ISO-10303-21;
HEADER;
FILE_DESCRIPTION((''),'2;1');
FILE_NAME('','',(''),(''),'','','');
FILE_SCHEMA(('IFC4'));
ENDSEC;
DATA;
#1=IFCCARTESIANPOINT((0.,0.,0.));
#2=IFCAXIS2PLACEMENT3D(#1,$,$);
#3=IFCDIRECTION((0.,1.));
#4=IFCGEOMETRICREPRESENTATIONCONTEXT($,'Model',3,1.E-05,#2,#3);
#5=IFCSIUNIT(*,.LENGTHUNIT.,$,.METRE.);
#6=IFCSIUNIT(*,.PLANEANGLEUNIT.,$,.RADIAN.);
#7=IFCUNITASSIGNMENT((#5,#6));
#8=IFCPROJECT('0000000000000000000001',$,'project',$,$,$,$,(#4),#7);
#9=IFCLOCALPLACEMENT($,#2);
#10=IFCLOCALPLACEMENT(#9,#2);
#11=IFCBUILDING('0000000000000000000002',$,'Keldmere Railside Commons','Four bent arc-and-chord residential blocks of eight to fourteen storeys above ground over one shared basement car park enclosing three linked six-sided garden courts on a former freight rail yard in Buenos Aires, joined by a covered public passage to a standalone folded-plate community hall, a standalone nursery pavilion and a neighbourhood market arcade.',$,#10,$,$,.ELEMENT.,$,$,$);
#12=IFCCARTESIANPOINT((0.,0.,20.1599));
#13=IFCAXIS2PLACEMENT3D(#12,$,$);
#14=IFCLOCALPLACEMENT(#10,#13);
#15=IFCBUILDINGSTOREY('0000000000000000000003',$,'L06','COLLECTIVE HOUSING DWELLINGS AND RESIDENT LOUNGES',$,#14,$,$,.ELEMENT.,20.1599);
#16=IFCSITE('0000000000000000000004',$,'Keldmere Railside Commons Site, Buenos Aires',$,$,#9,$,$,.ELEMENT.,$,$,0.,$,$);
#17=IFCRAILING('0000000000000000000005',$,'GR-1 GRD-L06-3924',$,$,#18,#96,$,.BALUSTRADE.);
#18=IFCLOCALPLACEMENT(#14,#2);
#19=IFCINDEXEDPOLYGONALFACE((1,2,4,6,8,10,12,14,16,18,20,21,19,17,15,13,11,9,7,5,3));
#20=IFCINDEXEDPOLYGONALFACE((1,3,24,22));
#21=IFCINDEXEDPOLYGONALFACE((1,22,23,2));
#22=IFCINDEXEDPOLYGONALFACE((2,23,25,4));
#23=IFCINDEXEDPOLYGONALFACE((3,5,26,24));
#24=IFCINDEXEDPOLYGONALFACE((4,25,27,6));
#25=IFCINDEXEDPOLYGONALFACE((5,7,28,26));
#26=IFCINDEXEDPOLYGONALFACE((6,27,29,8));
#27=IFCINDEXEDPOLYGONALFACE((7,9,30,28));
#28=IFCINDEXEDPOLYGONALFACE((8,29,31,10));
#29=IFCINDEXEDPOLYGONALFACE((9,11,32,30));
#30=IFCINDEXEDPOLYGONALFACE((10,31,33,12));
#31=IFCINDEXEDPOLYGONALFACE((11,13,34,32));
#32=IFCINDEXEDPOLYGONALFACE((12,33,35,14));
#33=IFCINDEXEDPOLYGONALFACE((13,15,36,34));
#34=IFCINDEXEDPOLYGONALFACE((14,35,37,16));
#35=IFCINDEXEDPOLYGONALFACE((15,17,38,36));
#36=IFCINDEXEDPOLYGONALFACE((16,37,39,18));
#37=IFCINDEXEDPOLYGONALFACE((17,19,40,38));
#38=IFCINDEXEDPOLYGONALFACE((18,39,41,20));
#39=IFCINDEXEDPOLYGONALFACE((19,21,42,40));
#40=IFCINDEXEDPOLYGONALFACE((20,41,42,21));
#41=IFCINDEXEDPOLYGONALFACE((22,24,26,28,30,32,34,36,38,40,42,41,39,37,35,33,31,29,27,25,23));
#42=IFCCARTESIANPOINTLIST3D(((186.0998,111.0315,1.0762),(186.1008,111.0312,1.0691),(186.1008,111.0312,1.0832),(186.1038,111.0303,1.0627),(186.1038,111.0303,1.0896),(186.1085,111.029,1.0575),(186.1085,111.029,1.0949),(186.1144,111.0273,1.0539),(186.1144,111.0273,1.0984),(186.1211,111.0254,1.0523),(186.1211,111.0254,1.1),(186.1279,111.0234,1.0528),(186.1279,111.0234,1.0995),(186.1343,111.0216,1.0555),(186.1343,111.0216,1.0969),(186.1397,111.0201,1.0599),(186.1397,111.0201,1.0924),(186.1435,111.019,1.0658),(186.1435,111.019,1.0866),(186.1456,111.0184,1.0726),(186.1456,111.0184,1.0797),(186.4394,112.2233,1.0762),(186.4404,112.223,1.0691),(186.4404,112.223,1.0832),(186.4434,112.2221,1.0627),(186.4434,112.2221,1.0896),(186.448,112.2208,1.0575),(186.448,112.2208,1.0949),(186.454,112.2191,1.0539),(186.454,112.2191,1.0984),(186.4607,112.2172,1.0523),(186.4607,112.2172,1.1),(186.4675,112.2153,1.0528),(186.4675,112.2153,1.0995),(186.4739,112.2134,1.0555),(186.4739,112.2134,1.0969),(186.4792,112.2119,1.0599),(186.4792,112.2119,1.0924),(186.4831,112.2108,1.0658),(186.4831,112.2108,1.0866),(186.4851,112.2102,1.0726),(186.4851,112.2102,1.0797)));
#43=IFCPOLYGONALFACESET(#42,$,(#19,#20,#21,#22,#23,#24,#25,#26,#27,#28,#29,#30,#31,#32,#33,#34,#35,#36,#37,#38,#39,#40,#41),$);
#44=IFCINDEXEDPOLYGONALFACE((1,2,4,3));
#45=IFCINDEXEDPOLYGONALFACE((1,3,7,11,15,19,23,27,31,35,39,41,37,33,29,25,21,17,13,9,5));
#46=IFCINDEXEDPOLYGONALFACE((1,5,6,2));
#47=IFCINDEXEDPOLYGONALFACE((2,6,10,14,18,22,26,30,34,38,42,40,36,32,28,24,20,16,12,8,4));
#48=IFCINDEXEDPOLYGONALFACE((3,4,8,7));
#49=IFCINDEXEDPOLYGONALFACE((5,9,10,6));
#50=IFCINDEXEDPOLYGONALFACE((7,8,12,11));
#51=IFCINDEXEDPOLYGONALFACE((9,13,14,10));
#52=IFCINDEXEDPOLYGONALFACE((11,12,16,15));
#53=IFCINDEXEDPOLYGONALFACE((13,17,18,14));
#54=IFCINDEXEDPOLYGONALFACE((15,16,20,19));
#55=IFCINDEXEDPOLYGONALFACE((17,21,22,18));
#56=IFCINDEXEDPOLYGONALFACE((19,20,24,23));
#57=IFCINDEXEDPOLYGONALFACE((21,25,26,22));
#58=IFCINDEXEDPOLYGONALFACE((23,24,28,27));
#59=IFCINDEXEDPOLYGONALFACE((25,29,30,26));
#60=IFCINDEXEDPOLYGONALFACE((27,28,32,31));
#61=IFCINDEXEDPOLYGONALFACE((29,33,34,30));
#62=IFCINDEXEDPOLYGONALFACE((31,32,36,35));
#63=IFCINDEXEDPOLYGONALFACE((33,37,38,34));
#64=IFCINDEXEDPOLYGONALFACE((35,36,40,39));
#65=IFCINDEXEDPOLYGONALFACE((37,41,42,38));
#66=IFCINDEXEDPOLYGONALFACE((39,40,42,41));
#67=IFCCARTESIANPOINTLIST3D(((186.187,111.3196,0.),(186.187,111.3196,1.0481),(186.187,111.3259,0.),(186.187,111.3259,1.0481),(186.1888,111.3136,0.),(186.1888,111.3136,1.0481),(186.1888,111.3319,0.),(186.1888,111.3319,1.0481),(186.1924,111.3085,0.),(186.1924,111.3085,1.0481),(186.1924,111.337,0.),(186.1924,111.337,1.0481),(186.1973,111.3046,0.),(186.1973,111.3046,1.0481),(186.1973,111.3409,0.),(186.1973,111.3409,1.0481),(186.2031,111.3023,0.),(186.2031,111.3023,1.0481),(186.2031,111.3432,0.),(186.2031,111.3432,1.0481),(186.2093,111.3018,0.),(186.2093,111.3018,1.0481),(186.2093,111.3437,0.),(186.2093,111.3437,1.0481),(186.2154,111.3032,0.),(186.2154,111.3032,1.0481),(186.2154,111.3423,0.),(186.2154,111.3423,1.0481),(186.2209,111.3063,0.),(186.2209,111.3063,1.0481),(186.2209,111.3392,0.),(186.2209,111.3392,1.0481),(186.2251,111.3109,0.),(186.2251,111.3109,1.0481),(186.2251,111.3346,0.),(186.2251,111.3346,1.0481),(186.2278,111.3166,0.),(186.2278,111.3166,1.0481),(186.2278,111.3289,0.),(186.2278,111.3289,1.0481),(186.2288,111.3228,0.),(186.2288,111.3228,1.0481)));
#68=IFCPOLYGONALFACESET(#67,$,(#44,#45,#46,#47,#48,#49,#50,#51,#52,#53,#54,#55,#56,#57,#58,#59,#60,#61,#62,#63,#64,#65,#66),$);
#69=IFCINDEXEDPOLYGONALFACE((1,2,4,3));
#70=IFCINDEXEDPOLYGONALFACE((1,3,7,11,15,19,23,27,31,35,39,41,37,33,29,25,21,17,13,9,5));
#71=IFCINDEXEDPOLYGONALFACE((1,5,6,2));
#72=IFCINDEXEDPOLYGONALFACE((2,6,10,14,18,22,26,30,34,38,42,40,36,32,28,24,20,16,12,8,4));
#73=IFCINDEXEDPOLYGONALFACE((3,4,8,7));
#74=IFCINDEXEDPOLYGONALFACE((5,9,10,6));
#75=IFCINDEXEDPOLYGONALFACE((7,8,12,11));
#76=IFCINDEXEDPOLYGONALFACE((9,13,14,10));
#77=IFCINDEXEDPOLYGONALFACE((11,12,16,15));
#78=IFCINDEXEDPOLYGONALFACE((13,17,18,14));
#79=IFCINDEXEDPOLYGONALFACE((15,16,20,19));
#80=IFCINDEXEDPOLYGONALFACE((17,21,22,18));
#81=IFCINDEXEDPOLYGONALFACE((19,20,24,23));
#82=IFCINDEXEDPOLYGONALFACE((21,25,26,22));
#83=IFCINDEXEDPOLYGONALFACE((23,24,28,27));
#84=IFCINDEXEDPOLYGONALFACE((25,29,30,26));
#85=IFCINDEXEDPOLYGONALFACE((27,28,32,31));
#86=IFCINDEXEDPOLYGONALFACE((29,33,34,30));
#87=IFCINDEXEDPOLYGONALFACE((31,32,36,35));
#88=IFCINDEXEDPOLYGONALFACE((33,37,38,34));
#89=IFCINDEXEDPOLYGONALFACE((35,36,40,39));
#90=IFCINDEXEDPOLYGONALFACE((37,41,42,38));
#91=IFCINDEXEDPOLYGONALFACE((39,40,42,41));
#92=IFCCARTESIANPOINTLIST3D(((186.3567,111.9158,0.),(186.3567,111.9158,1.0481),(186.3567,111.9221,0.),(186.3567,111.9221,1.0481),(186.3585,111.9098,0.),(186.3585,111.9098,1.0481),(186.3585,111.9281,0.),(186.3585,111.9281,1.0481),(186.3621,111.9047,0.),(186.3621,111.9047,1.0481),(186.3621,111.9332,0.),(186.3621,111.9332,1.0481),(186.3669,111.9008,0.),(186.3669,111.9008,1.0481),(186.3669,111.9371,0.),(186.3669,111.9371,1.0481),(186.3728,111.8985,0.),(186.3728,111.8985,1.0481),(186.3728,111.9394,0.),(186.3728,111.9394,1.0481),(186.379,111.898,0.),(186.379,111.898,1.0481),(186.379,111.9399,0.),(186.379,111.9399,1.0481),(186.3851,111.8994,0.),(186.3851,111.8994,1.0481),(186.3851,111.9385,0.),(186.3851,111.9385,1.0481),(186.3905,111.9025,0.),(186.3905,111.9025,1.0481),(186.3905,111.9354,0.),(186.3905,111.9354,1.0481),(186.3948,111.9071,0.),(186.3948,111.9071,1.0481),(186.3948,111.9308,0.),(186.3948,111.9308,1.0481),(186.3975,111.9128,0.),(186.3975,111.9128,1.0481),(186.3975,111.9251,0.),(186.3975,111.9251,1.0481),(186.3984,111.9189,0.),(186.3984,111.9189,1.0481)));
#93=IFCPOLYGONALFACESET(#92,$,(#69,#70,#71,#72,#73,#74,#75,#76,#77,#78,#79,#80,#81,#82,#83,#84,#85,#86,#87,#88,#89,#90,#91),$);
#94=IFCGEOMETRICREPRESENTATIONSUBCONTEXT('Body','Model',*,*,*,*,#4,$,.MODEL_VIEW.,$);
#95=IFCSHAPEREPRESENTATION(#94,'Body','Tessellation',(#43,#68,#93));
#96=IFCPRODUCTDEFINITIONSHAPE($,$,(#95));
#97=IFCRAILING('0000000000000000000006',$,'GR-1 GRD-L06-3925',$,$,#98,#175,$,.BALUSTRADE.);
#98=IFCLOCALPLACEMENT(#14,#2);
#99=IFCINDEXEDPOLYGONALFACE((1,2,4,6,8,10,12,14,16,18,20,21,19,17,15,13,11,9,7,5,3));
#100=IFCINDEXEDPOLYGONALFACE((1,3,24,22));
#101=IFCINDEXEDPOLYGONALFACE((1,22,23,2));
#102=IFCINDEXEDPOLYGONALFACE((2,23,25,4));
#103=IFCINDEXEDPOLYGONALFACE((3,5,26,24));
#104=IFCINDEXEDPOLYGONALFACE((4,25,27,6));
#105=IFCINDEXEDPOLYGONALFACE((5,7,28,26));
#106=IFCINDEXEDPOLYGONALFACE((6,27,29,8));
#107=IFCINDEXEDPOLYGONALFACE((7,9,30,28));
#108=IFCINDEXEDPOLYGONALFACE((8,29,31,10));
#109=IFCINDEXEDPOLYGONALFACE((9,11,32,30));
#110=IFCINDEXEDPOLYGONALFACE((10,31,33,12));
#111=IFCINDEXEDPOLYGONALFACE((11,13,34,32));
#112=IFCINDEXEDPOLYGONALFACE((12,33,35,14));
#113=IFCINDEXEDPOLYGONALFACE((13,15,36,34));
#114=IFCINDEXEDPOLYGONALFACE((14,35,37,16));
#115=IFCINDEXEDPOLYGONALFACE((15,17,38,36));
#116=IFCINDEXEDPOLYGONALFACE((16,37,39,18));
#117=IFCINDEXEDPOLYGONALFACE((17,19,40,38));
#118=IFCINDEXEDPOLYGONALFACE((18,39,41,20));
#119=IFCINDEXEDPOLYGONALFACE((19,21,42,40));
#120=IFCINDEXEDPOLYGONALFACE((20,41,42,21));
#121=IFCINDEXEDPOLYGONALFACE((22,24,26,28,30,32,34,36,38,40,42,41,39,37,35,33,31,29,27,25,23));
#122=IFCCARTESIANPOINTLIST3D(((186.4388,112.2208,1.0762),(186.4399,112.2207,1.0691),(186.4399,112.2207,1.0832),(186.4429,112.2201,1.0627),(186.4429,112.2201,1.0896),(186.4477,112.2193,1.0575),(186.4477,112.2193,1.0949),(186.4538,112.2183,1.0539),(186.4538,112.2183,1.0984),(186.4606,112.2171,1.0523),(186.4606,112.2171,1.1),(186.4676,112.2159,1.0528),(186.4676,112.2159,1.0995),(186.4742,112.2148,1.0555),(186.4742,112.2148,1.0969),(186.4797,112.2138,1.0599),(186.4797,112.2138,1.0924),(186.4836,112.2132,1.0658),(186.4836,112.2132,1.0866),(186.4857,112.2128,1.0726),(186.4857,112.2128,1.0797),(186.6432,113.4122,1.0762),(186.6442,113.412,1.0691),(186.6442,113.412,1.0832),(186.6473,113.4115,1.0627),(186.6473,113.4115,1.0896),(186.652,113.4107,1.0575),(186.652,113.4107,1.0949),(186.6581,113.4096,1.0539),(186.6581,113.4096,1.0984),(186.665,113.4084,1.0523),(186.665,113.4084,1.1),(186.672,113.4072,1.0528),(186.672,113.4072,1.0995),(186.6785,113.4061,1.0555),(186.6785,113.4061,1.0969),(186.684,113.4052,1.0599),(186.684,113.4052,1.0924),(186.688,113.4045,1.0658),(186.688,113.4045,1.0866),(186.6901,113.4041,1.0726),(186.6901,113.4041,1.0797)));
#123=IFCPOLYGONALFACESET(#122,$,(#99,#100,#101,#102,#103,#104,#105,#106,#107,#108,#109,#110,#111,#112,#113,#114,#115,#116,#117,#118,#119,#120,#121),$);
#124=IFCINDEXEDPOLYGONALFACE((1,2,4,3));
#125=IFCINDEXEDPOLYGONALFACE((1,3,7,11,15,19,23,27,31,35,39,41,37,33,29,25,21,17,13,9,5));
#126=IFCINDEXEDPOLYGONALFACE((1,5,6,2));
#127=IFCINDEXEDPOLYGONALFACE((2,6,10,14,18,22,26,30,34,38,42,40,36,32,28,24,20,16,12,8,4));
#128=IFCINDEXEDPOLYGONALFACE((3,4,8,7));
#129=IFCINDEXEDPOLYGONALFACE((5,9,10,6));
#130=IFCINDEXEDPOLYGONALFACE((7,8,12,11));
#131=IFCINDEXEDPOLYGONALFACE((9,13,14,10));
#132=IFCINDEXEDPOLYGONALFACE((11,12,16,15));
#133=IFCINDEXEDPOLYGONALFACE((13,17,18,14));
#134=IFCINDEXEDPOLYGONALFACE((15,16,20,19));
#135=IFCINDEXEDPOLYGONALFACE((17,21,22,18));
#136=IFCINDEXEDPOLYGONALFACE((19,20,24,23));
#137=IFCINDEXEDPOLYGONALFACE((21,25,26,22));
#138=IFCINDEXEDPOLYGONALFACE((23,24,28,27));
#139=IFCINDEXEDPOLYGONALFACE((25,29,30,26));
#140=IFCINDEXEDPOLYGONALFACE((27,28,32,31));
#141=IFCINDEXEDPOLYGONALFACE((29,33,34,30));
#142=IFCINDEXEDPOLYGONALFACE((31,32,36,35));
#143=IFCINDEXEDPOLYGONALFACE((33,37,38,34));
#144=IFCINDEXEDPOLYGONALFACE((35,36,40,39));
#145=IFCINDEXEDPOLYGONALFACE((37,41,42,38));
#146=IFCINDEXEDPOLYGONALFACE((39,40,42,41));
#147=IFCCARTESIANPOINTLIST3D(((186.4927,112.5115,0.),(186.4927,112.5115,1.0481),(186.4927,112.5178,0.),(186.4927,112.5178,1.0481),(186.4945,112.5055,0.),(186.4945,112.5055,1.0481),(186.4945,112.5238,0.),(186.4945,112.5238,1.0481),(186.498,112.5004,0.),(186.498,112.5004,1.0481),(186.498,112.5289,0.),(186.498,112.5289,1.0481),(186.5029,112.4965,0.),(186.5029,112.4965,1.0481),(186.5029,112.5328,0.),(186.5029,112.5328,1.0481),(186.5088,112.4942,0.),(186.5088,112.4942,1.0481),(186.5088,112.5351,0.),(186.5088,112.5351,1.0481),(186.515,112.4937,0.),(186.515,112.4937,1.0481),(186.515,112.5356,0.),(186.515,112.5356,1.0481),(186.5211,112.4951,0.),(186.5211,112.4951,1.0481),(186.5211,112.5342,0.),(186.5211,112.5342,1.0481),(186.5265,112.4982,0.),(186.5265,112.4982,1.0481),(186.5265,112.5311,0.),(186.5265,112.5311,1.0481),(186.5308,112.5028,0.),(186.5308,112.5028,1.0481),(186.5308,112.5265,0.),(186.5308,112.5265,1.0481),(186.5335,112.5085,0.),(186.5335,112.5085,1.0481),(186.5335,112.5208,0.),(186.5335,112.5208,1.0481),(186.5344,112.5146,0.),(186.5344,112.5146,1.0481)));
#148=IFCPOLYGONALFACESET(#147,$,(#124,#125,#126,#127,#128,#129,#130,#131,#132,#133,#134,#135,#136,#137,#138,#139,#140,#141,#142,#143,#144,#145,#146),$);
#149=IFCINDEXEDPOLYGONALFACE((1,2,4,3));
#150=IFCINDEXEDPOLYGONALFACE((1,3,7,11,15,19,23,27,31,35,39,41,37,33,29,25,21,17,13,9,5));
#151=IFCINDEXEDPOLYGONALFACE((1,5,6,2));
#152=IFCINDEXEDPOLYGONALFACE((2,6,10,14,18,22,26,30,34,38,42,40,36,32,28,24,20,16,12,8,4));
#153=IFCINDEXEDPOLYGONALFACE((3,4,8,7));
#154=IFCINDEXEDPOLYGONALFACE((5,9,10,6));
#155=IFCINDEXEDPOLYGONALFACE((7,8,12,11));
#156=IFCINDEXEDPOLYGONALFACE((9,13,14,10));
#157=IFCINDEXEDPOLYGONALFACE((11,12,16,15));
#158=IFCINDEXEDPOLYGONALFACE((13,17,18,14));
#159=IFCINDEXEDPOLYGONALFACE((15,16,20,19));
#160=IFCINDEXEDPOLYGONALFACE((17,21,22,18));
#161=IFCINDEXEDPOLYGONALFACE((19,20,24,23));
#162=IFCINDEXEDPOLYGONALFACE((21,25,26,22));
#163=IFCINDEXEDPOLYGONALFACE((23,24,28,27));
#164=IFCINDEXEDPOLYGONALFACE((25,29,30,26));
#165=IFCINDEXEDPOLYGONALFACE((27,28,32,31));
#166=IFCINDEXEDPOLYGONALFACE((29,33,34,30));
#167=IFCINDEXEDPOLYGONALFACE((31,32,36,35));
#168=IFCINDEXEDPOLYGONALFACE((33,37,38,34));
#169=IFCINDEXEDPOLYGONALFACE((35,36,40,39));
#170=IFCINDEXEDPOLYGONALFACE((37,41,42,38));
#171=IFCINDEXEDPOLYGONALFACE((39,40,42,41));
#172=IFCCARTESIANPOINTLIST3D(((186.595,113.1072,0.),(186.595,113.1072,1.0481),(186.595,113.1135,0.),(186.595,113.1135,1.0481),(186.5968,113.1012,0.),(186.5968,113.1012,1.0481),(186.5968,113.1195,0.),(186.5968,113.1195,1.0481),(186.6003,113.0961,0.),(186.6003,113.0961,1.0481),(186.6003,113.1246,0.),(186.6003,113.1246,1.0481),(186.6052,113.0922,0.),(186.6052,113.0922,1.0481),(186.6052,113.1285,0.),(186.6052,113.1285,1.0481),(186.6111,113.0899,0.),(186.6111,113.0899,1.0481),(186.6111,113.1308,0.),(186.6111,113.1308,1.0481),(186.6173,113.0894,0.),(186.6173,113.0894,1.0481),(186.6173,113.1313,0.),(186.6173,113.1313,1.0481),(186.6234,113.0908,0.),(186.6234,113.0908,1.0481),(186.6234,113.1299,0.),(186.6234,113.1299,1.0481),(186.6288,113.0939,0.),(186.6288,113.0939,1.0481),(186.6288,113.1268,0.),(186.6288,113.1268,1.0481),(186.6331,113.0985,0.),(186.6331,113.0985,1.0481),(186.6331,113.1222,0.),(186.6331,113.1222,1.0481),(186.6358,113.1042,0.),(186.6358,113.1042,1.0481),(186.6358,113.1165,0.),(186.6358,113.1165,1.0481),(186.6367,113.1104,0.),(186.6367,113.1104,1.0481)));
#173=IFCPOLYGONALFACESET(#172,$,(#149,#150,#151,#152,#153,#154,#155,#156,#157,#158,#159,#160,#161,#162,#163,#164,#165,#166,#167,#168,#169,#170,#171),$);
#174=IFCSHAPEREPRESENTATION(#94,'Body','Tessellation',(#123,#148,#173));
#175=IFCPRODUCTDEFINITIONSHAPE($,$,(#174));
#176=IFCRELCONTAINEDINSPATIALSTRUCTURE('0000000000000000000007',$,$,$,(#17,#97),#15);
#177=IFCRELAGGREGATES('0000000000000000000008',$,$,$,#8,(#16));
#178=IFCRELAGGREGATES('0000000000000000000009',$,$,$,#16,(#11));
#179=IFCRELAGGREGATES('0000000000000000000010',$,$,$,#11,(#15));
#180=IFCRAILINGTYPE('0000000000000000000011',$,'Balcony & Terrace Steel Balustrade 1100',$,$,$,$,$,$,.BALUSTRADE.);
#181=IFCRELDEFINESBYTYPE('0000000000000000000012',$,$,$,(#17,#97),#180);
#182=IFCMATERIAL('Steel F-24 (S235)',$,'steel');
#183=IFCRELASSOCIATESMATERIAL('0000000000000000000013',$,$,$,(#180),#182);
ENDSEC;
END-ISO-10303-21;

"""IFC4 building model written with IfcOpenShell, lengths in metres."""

from ifc_helpers import new_model, si_unit, direction, frame, origin, origin_2d, place, context, subcontext, project, spatial, circle, extrude, material, type_object, element, save


model = new_model("IFC4")

# Units and contexts
model_context = context("Model", 3, precision=1e-05, world=origin(), true_north=direction((0.0, 1.0)))
body_context = subcontext(model_context, "Body", "Model", "MODEL_VIEW")
ifc_project = project(units=[si_unit("LENGTHUNIT", "METRE"), si_unit("PLANEANGLEUNIT", "RADIAN")], contexts=[model_context])

# Site, building, storey
site_placement = place(None, origin())
site = spatial("IfcSite", under=ifc_project, at=site_placement, Name="Keldmere Railside Commons Site, Buenos Aires", CompositionType="ELEMENT", RefElevation=0.0)
building_placement = place(site_placement, origin())
building = spatial("IfcBuilding", under=site, at=building_placement, Name="Keldmere Railside Commons", Description="Four bent arc-and-chord residential blocks of eight to fourteen storeys above ground over one shared basement car park enclosing three linked six-sided garden courts on a former freight rail yard in Buenos Aires, joined by a covered public passage to a standalone folded-plate community hall, a standalone nursery pavilion and a neighbourhood market arcade.", CompositionType="ELEMENT")
storey_placement = place(building_placement, frame((0.0, 0.0, 20.1599)))
storey = spatial("IfcBuildingStorey", under=building, at=storey_placement, Name="L06", Description="COLLECTIVE HOUSING DWELLINGS AND RESIDENT LOUNGES", CompositionType="ELEMENT", Elevation=20.1599)

# Railings
ifc_material_1 = material(Name="Steel F-24 (S235)", Category="steel")
railing_type = type_object("IfcRailingType", Name="Balcony & Terrace Steel Balustrade 1100", PredefinedType="BALUSTRADE", material=ifc_material_1)
railing_1_placement = place(storey_placement, frame((186.1228, 111.0249, 0.0)))
element("IfcRailing", 1, at=railing_1_placement, inside=storey, type_object=railing_type, Name="GR-1 GRD-L06-3924", PredefinedType="BALUSTRADE", context=body_context, shape_type="SweptSolid", body=[
    extrude(circle(Radius=0.0239, at=origin_2d()), frame((0.0, 0.0, 1.0762), z_axis=(0.274019, 0.961724, 0.0), x_axis=(-0.961724, 0.274019, 0.0)), (0.0, 0.0, 1.0), 1.2393),
    extrude(circle(Radius=0.021, at=origin_2d()), frame((0.085, 0.2979, 0.0)), (0.0, 0.0, 1.0), 1.0481),
    extrude(circle(Radius=0.021, at=origin_2d()), frame((0.2546, 0.894, 0.0)), (0.0, 0.0, 1.0), 1.0481),
])
railing_2_placement = place(storey_placement, frame((186.4624, 112.2168, 0.0)))
element("IfcRailing", 2, at=railing_2_placement, inside=storey, type_object=railing_type, Name="GR-1 GRD-L06-3925", PredefinedType="BALUSTRADE", context=body_context, shape_type="SweptSolid", body=[
    extrude(circle(Radius=0.0239, at=origin_2d()), frame((0.0, 0.0, 1.0762), z_axis=(0.169048, 0.985608, 0.0), x_axis=(-0.985608, 0.169048, 0.0)), (0.0, 0.0, 1.0), 1.2087),
    extrude(circle(Radius=0.021, at=origin_2d()), frame((0.051, 0.2979, 0.0)), (0.0, 0.0, 1.0), 1.0481),
    extrude(circle(Radius=0.021, at=origin_2d()), frame((0.1533, 0.8936, 0.0)), (0.0, 0.0, 1.0), 1.0481),
])

save(model, "model.ifc")
